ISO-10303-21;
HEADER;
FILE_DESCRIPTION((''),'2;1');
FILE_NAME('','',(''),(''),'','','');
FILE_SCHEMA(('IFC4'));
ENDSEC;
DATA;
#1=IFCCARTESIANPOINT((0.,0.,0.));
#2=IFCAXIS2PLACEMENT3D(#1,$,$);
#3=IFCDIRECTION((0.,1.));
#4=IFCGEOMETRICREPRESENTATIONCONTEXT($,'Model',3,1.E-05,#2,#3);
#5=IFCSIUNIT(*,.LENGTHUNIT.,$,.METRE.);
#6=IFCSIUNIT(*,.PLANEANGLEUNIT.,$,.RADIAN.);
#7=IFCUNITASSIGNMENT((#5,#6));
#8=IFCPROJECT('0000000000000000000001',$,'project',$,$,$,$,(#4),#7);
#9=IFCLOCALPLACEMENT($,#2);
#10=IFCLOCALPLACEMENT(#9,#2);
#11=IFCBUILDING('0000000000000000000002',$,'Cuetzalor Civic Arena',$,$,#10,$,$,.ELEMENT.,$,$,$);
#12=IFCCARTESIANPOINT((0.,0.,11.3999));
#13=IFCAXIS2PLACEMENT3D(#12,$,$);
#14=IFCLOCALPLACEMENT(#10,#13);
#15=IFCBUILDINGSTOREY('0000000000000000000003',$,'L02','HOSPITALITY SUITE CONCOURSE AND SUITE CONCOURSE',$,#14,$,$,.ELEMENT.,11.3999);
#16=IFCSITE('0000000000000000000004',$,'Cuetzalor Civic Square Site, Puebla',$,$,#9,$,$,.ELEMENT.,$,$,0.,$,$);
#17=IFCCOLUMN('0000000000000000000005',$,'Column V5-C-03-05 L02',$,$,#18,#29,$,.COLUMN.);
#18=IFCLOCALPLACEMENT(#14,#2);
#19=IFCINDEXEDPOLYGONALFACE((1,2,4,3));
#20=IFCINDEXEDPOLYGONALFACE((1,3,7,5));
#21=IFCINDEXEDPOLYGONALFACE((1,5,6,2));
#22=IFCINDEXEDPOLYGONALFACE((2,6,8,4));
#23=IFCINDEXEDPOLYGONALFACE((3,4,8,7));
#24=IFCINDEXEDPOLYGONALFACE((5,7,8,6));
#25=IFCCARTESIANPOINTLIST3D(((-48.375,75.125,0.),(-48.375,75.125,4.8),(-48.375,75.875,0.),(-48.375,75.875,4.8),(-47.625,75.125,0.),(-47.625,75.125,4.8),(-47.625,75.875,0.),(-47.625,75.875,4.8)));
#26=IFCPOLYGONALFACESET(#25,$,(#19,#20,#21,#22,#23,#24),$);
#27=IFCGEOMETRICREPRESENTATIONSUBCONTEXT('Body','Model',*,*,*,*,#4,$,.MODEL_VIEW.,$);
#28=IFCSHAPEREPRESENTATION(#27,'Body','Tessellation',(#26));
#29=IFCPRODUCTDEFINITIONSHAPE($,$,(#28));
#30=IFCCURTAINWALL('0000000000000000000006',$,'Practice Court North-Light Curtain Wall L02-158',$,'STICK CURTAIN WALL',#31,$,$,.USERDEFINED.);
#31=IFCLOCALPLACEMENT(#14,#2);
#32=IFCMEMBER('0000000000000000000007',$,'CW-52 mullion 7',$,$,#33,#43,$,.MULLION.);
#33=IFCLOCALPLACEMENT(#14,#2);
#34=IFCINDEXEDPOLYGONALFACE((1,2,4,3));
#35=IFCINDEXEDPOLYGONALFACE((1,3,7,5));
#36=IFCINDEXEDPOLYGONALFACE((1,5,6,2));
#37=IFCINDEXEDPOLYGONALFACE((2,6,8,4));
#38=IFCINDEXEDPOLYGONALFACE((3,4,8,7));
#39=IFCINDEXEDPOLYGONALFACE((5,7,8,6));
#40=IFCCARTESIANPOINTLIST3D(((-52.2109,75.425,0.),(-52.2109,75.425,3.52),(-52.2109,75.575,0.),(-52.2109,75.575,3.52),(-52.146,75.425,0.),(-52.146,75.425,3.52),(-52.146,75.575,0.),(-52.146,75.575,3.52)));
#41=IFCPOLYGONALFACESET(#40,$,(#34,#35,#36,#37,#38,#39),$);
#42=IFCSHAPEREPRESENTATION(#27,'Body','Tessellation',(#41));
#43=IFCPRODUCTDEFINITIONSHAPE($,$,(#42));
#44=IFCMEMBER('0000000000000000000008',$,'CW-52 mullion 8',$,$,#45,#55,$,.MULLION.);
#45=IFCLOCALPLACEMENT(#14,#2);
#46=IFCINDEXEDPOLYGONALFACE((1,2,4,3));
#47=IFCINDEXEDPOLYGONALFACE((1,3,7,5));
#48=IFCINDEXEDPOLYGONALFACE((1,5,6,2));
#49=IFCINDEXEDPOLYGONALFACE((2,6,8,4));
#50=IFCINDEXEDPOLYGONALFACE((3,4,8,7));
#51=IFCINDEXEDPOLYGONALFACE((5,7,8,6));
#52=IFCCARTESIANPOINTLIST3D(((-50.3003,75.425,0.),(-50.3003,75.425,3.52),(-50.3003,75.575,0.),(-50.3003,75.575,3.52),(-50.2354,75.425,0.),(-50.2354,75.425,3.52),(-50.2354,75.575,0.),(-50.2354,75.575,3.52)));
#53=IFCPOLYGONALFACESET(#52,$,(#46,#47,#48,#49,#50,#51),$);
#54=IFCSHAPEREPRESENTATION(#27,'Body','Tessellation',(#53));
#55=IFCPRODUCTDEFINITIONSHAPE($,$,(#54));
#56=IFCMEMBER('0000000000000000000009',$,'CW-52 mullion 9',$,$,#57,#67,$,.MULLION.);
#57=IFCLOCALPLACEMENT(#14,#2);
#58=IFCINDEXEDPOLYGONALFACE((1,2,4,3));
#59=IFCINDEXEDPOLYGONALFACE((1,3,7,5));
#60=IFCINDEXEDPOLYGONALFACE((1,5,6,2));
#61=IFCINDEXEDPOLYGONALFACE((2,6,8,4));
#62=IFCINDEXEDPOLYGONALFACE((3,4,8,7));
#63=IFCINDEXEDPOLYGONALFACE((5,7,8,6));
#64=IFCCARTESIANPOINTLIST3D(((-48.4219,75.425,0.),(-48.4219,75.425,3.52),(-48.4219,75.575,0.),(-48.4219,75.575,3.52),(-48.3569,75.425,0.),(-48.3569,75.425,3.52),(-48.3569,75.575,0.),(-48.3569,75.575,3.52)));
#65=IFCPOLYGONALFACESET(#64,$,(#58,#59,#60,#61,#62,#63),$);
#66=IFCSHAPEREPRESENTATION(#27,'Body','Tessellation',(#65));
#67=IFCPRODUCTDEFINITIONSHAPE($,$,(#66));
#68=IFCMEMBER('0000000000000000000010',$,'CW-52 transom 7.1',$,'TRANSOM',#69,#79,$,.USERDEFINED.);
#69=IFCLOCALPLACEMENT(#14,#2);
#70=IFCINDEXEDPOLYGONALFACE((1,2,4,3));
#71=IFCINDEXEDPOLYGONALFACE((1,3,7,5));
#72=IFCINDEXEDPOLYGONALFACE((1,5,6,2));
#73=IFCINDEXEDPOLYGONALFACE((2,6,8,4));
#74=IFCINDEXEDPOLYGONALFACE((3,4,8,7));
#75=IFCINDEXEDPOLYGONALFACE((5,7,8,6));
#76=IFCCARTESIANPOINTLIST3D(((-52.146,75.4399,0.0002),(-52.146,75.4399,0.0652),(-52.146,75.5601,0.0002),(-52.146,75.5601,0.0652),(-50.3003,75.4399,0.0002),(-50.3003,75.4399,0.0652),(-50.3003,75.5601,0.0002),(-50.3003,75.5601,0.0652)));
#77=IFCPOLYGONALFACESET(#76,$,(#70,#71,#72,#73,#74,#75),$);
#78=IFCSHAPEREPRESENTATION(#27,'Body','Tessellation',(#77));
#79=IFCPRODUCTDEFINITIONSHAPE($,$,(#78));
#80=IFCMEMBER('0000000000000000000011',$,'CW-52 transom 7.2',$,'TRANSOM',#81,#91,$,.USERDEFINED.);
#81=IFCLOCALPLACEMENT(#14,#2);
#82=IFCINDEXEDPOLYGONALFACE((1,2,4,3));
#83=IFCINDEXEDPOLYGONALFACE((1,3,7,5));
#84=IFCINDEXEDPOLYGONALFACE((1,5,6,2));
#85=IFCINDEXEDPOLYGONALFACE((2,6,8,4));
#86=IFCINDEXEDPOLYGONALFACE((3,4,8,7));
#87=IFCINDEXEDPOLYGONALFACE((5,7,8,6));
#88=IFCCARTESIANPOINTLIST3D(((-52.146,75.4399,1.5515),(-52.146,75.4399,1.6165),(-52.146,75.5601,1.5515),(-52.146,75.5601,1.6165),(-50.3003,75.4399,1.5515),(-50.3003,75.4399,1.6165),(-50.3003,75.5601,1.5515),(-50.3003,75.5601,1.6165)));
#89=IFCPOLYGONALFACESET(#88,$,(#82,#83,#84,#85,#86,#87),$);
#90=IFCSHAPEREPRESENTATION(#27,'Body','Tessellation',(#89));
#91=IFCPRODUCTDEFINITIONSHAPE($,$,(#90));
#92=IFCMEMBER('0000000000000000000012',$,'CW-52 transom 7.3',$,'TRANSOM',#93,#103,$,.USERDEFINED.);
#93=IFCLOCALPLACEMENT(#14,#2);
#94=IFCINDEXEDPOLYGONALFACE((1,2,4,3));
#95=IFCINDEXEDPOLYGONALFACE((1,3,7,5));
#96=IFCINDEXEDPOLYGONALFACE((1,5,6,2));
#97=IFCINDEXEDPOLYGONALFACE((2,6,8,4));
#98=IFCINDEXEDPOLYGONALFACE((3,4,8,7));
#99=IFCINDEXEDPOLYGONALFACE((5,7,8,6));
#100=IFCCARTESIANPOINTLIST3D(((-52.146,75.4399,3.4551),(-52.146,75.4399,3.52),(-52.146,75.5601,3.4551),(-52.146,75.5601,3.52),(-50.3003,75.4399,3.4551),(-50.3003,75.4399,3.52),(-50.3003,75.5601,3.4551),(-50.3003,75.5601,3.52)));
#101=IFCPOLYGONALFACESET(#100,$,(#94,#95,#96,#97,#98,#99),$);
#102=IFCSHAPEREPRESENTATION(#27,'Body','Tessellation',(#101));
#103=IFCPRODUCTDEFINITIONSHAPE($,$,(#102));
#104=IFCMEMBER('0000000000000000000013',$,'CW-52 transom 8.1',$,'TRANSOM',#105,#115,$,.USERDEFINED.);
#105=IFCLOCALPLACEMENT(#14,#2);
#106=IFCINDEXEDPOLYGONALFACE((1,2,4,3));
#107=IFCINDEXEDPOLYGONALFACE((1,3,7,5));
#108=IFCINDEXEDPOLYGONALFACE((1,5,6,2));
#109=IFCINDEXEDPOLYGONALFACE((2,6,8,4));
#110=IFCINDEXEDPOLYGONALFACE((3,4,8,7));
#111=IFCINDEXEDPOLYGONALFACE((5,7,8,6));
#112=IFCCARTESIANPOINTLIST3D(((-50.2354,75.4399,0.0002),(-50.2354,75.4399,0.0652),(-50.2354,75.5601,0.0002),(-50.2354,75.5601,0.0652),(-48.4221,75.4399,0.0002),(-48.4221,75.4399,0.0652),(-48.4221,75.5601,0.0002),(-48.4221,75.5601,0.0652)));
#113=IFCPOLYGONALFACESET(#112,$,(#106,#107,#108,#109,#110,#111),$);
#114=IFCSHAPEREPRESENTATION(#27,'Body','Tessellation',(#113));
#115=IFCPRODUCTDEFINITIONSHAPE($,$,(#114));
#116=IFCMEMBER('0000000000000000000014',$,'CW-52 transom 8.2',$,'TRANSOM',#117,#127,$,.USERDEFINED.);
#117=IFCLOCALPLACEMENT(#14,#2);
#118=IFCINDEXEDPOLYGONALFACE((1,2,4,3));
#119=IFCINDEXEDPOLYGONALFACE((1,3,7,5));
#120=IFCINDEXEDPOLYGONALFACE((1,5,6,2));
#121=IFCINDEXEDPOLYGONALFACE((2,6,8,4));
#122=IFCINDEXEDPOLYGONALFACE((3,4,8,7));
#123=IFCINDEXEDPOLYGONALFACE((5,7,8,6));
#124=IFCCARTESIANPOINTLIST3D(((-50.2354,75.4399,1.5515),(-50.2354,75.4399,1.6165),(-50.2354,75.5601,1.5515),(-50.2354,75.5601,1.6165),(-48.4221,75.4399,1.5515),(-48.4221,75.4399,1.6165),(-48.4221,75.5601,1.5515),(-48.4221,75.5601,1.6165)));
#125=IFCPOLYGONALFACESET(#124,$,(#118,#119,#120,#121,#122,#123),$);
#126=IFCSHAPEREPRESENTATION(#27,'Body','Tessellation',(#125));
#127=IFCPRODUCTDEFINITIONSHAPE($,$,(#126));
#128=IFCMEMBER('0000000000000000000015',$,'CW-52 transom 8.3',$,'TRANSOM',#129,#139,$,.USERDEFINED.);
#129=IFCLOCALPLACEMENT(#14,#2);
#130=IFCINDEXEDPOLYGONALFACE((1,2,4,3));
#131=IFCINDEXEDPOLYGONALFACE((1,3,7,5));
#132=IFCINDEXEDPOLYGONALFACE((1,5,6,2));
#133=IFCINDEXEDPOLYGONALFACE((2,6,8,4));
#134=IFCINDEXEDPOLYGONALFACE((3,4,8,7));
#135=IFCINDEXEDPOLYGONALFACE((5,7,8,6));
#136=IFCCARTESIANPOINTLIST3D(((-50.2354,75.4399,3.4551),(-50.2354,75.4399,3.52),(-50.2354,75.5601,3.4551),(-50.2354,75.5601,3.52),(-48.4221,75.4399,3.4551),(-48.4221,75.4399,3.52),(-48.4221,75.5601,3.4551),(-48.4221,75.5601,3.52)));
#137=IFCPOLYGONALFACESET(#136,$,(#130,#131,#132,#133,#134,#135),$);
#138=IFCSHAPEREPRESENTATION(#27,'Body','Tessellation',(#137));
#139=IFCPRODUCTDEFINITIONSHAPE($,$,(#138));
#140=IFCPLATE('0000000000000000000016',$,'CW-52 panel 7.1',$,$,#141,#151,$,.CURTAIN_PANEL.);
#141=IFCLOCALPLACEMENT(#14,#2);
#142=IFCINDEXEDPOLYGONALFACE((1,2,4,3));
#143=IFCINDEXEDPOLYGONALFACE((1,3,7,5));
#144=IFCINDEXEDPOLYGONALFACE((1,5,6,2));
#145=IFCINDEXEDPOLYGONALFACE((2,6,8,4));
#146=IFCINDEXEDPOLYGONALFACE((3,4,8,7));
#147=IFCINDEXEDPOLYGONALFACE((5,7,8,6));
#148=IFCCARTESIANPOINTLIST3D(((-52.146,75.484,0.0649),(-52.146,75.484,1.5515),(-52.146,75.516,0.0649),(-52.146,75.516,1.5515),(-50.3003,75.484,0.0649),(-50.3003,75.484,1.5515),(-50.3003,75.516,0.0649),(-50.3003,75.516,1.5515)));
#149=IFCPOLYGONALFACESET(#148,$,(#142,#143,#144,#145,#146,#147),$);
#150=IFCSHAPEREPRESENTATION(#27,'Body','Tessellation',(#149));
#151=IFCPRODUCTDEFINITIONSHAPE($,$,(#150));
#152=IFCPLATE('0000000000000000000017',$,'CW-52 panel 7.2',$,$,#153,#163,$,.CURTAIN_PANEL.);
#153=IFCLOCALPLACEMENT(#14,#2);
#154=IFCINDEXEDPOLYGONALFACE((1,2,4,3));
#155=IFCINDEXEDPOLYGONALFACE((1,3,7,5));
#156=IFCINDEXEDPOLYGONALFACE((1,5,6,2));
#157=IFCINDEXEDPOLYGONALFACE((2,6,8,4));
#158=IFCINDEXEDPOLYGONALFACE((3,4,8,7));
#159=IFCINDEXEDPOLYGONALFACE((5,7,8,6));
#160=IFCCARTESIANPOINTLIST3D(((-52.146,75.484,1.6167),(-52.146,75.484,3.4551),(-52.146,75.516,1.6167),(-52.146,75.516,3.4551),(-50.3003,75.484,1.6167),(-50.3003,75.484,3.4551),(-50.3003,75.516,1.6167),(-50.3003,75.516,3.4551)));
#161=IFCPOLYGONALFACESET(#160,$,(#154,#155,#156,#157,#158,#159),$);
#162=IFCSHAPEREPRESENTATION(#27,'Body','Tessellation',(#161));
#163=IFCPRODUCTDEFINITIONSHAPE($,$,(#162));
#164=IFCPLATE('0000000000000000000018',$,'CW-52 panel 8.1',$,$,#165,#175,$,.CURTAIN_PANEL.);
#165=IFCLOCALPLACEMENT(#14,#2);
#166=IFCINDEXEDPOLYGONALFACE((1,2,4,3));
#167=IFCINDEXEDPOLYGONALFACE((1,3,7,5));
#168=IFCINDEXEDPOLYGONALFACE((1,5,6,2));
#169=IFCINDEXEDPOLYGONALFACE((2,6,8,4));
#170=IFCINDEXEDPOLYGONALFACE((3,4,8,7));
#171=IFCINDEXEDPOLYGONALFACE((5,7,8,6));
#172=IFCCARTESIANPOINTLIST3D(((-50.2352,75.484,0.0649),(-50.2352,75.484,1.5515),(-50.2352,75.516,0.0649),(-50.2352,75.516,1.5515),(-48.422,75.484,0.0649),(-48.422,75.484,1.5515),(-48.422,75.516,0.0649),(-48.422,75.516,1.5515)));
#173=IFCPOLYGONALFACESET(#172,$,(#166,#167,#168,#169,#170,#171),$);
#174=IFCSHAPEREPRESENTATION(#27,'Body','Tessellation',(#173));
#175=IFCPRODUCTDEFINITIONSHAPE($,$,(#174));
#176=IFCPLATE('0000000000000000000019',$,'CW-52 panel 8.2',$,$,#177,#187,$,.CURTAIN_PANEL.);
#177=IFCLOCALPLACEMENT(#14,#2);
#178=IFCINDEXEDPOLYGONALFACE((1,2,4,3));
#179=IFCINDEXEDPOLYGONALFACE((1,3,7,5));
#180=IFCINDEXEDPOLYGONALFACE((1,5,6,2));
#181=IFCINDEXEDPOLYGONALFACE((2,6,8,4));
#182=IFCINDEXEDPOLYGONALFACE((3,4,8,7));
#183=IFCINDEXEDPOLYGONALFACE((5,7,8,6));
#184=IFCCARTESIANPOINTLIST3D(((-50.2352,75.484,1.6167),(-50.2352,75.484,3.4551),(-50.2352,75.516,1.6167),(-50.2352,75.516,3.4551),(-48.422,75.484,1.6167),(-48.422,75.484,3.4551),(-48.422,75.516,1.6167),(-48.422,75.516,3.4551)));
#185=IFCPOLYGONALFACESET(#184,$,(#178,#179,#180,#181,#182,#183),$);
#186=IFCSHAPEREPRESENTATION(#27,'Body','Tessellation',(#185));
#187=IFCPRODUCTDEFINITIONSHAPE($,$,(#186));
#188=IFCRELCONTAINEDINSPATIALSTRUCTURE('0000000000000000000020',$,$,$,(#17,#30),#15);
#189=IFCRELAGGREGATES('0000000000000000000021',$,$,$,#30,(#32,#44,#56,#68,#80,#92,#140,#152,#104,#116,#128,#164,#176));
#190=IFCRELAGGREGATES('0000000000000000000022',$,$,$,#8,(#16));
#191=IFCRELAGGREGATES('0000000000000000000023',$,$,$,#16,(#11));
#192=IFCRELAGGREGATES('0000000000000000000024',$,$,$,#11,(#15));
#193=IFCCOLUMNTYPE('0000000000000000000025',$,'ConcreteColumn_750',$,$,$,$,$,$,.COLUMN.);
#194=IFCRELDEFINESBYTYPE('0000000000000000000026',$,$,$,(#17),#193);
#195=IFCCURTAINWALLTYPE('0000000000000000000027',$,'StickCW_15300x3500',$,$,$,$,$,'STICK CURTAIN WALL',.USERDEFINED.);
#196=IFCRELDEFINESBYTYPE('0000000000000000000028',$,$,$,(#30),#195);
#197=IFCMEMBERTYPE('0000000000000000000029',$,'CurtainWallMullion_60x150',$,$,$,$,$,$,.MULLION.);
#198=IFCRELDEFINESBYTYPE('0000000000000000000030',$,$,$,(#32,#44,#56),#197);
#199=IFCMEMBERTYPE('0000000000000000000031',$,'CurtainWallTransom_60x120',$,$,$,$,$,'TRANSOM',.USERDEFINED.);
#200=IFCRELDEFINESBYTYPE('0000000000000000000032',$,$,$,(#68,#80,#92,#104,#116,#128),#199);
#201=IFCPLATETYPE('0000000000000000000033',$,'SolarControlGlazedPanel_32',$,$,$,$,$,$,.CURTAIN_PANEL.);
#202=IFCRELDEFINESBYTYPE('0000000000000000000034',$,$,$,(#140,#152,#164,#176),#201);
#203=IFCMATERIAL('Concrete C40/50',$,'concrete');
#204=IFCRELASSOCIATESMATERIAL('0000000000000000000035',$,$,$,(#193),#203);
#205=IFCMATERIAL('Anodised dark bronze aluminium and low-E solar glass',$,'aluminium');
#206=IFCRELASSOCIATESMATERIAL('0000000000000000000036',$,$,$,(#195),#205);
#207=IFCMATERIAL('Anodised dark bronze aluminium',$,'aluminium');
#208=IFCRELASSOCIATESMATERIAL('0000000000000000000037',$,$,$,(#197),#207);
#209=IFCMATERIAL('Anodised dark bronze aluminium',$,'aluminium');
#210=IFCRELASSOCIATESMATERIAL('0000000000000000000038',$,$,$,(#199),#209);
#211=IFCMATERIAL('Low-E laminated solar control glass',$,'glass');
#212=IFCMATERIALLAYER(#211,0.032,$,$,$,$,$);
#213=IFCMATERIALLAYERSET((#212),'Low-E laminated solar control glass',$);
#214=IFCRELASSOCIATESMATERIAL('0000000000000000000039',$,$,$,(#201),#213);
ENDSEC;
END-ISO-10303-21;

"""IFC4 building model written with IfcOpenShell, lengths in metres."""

from ifc_helpers import new_model, si_unit, direction, frame, origin, origin_2d, place, context, subcontext, project, spatial, rectangle, extrude, material, layer, layer_set, material_profile, profile_set, type_object, element, aggregate, save


model = new_model("IFC4")

# Units and contexts
model_context = context("Model", 3, precision=1e-05, world=origin(), true_north=direction((0.0, 1.0)))
body_context = subcontext(model_context, "Body", "Model", "MODEL_VIEW")
ifc_project = project(units=[si_unit("LENGTHUNIT", "METRE"), si_unit("PLANEANGLEUNIT", "RADIAN")], contexts=[model_context])

# Site, building, storey
site_placement = place(None, origin())
site = spatial("IfcSite", under=ifc_project, at=site_placement, Name="Cuetzalor Civic Square Site, Puebla", CompositionType="ELEMENT", RefElevation=0.0)
building_placement = place(site_placement, origin())
building = spatial("IfcBuilding", under=site, at=building_placement, Name="Cuetzalor Civic Arena", CompositionType="ELEMENT")
storey_placement = place(building_placement, frame((0.0, 0.0, 11.3999)))
storey = spatial("IfcBuildingStorey", under=building, at=storey_placement, Name="L02", Description="HOSPITALITY SUITE CONCOURSE AND SUITE CONCOURSE", CompositionType="ELEMENT", Elevation=11.3999)

# Column
ifc_material_1 = material(Name="Concrete C40/50", Category="concrete")
ifc_material_profile_1 = material_profile(ifc_material_1, rectangle(XDim=0.75, YDim=0.75, at=origin_2d()), Name="RC 750x750")
ifc_profile_set_1 = profile_set([ifc_material_profile_1], Name="Concrete C40/50")
column_type = type_object("IfcColumnType", Name="ConcreteColumn_750", PredefinedType="COLUMN", material=ifc_profile_set_1)
column_placement = place(storey_placement, frame((-48.0, 75.5, 0.0), z_axis=(0.0, 0.0, 1.0), x_axis=(1.0, 0.0, 0.0)))
element("IfcColumn", 1, at=column_placement, inside=storey, type_object=column_type, Name="Column V5-C-03-05 L02", PredefinedType="COLUMN", context=body_context, shape_type="SweptSolid", body=[
    extrude(rectangle(XDim=0.75, YDim=0.75, at=origin_2d()), origin(), (0.0, 0.0, 1.0), 4.8),
])

# Curtain wall, members, plates
ifc_material_2 = material(Name="Anodised dark bronze aluminium and low-E solar glass", Category="aluminium")
curtain_wall_type = type_object("IfcCurtainWallType", Name="StickCW_15300x3500", ElementType="STICK CURTAIN WALL", PredefinedType="USERDEFINED", material=ifc_material_2)
curtain_wall_placement = place(storey_placement, origin())
curtain_wall = element("IfcCurtainWall", 2, at=curtain_wall_placement, inside=storey, type_object=curtain_wall_type, Name="Practice Court North-Light Curtain Wall L02-158", ObjectType="STICK CURTAIN WALL", PredefinedType="USERDEFINED")
ifc_material_3 = material(Name="Anodised dark bronze aluminium", Category="aluminium")
ifc_material_profile_2 = material_profile(ifc_material_3, rectangle(XDim=0.0649, YDim=0.1499, at=origin_2d()), Name="ALU MULLION 65x150")
ifc_profile_set_2 = profile_set([ifc_material_profile_2], Name="Anodised dark bronze aluminium")
member_type_1 = type_object("IfcMemberType", Name="CurtainWallMullion_60x150", PredefinedType="MULLION", material=ifc_profile_set_2)
member_1_placement = place(storey_placement, frame((-52.1785, 75.5, 0.0), z_axis=(0.0, 0.0, 1.0), x_axis=(1.0, 0.0, 0.0)))
member_1 = element("IfcMember", 3, at=member_1_placement, type_object=member_type_1, Name="CW-52 mullion 7", PredefinedType="MULLION", context=body_context, shape_type="SweptSolid", body=[
    extrude(rectangle(XDim=0.0649, YDim=0.1499, at=origin_2d()), origin(), (0.0, 0.0, 1.0), 3.52),
])
member_2_placement = place(storey_placement, frame((-50.2678, 75.5, 0.0), z_axis=(0.0, 0.0, 1.0), x_axis=(1.0, 0.0, 0.0)))
member_2 = element("IfcMember", 4, at=member_2_placement, type_object=member_type_1, Name="CW-52 mullion 8", PredefinedType="MULLION", context=body_context, shape_type="SweptSolid", body=[
    extrude(rectangle(XDim=0.0649, YDim=0.1499, at=origin_2d()), origin(), (0.0, 0.0, 1.0), 3.52),
])
member_3_placement = place(storey_placement, frame((-48.3894, 75.5, 0.0), z_axis=(0.0, 0.0, 1.0), x_axis=(1.0, 0.0, 0.0)))
member_3 = element("IfcMember", 5, at=member_3_placement, type_object=member_type_1, Name="CW-52 mullion 9", PredefinedType="MULLION", context=body_context, shape_type="SweptSolid", body=[
    extrude(rectangle(XDim=0.0649, YDim=0.1499, at=origin_2d()), origin(), (0.0, 0.0, 1.0), 3.52),
])
ifc_material_4 = material(Name="Anodised dark bronze aluminium", Category="aluminium")
ifc_material_profile_3 = material_profile(ifc_material_4, rectangle(XDim=0.1201, YDim=0.0649, at=origin_2d()), Name="ALU TRANSOM 65x120")
ifc_profile_set_3 = profile_set([ifc_material_profile_3], Name="Anodised dark bronze aluminium")
member_type_2 = type_object("IfcMemberType", Name="CurtainWallTransom_60x120", ElementType="TRANSOM", PredefinedType="USERDEFINED", material=ifc_profile_set_3)
member_4_placement = place(storey_placement, frame((-52.146, 75.5, 0.0327), z_axis=(1.0, 0.0, 0.0), x_axis=(0.0, 1.0, 0.0)))
member_4 = element("IfcMember", 6, at=member_4_placement, type_object=member_type_2, Name="CW-52 transom 7.1", ObjectType="TRANSOM", PredefinedType="USERDEFINED", context=body_context, shape_type="SweptSolid", body=[
    extrude(rectangle(XDim=0.1201, YDim=0.0649, at=origin_2d()), origin(), (0.0, 0.0, 1.0), 1.8457),
])
member_5_placement = place(storey_placement, frame((-52.146, 75.5, 1.584), z_axis=(1.0, 0.0, 0.0), x_axis=(0.0, 1.0, 0.0)))
member_5 = element("IfcMember", 7, at=member_5_placement, type_object=member_type_2, Name="CW-52 transom 7.2", ObjectType="TRANSOM", PredefinedType="USERDEFINED", context=body_context, shape_type="SweptSolid", body=[
    extrude(rectangle(XDim=0.1201, YDim=0.0649, at=origin_2d()), origin(), (0.0, 0.0, 1.0), 1.8457),
])
member_6_placement = place(storey_placement, frame((-52.146, 75.5, 3.4875), z_axis=(1.0, 0.0, 0.0), x_axis=(0.0, 1.0, 0.0)))
member_6 = element("IfcMember", 8, at=member_6_placement, type_object=member_type_2, Name="CW-52 transom 7.3", ObjectType="TRANSOM", PredefinedType="USERDEFINED", context=body_context, shape_type="SweptSolid", body=[
    extrude(rectangle(XDim=0.1201, YDim=0.0649, at=origin_2d()), origin(), (0.0, 0.0, 1.0), 1.8457),
])
member_7_placement = place(storey_placement, frame((-50.2354, 75.5, 0.0327), z_axis=(1.0, 0.0, 0.0), x_axis=(0.0, 1.0, 0.0)))
member_7 = element("IfcMember", 9, at=member_7_placement, type_object=member_type_2, Name="CW-52 transom 8.1", ObjectType="TRANSOM", PredefinedType="USERDEFINED", context=body_context, shape_type="SweptSolid", body=[
    extrude(rectangle(XDim=0.1201, YDim=0.0649, at=origin_2d()), origin(), (0.0, 0.0, 1.0), 1.8132),
])
member_8_placement = place(storey_placement, frame((-50.2354, 75.5, 1.584), z_axis=(1.0, 0.0, 0.0), x_axis=(0.0, 1.0, 0.0)))
member_8 = element("IfcMember", 10, at=member_8_placement, type_object=member_type_2, Name="CW-52 transom 8.2", ObjectType="TRANSOM", PredefinedType="USERDEFINED", context=body_context, shape_type="SweptSolid", body=[
    extrude(rectangle(XDim=0.1201, YDim=0.0649, at=origin_2d()), origin(), (0.0, 0.0, 1.0), 1.8132),
])
member_9_placement = place(storey_placement, frame((-50.2354, 75.5, 3.4875), z_axis=(1.0, 0.0, 0.0), x_axis=(0.0, 1.0, 0.0)))
member_9 = element("IfcMember", 11, at=member_9_placement, type_object=member_type_2, Name="CW-52 transom 8.3", ObjectType="TRANSOM", PredefinedType="USERDEFINED", context=body_context, shape_type="SweptSolid", body=[
    extrude(rectangle(XDim=0.1201, YDim=0.0649, at=origin_2d()), origin(), (0.0, 0.0, 1.0), 1.8132),
])
ifc_material_5 = material(Name="Low-E laminated solar control glass", Category="glass")
ifc_layer_1 = layer(ifc_material_5, 0.032)
ifc_layer_set_1 = layer_set([ifc_layer_1], Name="Low-E laminated solar control glass")
plate_type = type_object("IfcPlateType", Name="SolarControlGlazedPanel_32", PredefinedType="CURTAIN_PANEL", material=ifc_layer_set_1)
plate_1_placement = place(storey_placement, frame((-51.2231, 75.5, 0.0649), z_axis=(0.0, 0.0, 1.0), x_axis=(1.0, 0.0, 0.0)))
plate_1 = element("IfcPlate", 12, at=plate_1_placement, type_object=plate_type, Name="CW-52 panel 7.1", PredefinedType="CURTAIN_PANEL", context=body_context, shape_type="SweptSolid", body=[
    extrude(rectangle(XDim=1.8457, YDim=0.032, at=origin_2d()), origin(), (0.0, 0.0, 1.0), 1.4866),
])
plate_2_placement = place(storey_placement, frame((-51.2231, 75.5, 1.6167), z_axis=(0.0, 0.0, 1.0), x_axis=(1.0, 0.0, 0.0)))
plate_2 = element("IfcPlate", 13, at=plate_2_placement, type_object=plate_type, Name="CW-52 panel 7.2", PredefinedType="CURTAIN_PANEL", context=body_context, shape_type="SweptSolid", body=[
    extrude(rectangle(XDim=1.8457, YDim=0.032, at=origin_2d()), origin(), (0.0, 0.0, 1.0), 1.8384),
])
plate_3_placement = place(storey_placement, frame((-49.3286, 75.5, 0.0649), z_axis=(0.0, 0.0, 1.0), x_axis=(1.0, 0.0, 0.0)))
plate_3 = element("IfcPlate", 14, at=plate_3_placement, type_object=plate_type, Name="CW-52 panel 8.1", PredefinedType="CURTAIN_PANEL", context=body_context, shape_type="SweptSolid", body=[
    extrude(rectangle(XDim=1.8132, YDim=0.032, at=origin_2d()), origin(), (0.0, 0.0, 1.0), 1.4866),
])
plate_4_placement = place(storey_placement, frame((-49.3286, 75.5, 1.6167), z_axis=(0.0, 0.0, 1.0), x_axis=(1.0, 0.0, 0.0)))
plate_4 = element("IfcPlate", 15, at=plate_4_placement, type_object=plate_type, Name="CW-52 panel 8.2", PredefinedType="CURTAIN_PANEL", context=body_context, shape_type="SweptSolid", body=[
    extrude(rectangle(XDim=1.8132, YDim=0.032, at=origin_2d()), origin(), (0.0, 0.0, 1.0), 1.8384),
])
aggregate(curtain_wall, [member_1, member_2, member_3, member_4, member_5, member_6, plate_1, plate_2, member_7, member_8, member_9, plate_3, plate_4])

save(model, "model.ifc")
